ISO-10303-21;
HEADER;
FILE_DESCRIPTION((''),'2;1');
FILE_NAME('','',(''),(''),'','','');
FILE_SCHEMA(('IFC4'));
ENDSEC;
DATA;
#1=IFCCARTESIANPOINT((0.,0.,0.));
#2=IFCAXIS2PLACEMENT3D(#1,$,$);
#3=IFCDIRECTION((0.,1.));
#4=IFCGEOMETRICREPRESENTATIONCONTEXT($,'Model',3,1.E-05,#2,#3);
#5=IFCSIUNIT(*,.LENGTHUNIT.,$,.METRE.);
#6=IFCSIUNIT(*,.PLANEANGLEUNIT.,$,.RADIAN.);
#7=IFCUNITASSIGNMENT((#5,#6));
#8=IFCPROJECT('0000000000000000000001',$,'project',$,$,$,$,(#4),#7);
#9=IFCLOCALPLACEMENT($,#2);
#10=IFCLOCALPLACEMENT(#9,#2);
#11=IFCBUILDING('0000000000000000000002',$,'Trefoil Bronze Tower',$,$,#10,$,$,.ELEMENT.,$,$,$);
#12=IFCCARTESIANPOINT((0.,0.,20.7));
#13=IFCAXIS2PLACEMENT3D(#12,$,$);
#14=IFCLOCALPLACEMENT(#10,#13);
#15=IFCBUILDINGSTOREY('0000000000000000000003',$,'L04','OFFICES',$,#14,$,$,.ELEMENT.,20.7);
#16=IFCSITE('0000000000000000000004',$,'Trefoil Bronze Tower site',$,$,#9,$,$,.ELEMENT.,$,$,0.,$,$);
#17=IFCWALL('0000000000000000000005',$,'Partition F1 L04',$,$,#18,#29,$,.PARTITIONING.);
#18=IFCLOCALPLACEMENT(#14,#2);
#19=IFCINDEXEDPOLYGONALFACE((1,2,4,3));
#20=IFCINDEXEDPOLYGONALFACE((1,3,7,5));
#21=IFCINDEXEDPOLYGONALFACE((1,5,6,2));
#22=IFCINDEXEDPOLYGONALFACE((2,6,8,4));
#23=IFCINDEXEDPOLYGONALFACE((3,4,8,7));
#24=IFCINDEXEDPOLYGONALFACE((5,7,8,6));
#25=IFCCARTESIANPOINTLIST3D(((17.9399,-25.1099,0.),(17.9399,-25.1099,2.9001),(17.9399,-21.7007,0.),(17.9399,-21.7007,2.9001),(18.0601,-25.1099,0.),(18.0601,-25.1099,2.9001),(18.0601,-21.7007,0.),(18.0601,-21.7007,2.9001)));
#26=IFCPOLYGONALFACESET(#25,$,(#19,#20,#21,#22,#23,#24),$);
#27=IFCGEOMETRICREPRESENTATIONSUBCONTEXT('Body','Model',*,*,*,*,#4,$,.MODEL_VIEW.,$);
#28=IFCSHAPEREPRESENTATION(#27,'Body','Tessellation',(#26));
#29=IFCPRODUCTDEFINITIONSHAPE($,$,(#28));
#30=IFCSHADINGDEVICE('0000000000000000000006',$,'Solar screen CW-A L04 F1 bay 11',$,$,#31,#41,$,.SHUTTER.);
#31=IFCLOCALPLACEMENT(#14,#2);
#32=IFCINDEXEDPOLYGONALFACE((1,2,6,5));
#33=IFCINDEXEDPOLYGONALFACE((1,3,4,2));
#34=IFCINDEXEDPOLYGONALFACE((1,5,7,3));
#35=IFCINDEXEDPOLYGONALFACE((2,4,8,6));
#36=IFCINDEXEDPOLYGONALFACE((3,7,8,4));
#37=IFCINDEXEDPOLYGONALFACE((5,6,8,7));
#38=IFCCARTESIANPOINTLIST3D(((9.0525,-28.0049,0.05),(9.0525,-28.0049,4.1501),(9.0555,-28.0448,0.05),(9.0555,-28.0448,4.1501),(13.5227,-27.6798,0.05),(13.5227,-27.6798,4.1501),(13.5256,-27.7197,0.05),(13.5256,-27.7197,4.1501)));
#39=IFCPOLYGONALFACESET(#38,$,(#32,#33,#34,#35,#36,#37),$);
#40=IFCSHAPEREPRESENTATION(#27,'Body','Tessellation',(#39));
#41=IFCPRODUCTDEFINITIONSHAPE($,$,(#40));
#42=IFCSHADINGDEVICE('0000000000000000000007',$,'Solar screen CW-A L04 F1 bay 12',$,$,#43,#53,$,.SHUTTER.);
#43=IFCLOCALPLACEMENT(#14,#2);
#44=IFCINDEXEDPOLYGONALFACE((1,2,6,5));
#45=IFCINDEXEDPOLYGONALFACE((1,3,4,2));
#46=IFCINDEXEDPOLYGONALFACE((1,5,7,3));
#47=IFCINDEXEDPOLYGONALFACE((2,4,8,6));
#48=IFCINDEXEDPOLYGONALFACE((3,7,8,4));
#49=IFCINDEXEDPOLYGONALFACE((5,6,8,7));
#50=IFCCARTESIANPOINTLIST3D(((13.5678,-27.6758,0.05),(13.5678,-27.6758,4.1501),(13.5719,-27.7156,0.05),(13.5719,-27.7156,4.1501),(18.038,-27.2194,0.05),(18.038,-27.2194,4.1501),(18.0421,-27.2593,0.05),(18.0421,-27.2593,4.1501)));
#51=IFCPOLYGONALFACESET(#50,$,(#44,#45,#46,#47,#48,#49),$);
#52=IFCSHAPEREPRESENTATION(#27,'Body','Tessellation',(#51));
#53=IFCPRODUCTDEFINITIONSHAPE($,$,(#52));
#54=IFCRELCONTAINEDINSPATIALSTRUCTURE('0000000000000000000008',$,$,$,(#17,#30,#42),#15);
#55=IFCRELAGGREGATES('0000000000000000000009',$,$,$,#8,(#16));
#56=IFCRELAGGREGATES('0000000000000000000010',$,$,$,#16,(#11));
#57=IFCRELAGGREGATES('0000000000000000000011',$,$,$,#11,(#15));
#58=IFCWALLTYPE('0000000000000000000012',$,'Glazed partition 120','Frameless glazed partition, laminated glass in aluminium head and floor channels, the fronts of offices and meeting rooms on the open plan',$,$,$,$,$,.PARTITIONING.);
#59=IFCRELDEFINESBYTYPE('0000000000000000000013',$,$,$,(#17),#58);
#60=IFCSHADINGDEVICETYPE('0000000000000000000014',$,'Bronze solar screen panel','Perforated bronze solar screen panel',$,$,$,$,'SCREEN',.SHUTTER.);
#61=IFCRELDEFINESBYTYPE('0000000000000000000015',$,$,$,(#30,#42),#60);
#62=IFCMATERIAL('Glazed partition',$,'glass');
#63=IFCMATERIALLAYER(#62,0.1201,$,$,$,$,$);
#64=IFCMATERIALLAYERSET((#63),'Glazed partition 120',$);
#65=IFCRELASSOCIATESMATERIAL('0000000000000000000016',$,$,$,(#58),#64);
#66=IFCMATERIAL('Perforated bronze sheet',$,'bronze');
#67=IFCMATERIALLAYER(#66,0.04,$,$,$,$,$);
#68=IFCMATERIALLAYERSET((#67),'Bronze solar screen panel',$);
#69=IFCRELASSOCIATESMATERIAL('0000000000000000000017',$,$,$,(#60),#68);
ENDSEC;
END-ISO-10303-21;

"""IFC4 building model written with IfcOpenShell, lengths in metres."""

from ifc_helpers import new_model, si_unit, direction, frame, frame_2d, origin, origin_2d, place, context, subcontext, project, spatial, rectangle, extrude, material, layer, layer_set, type_object, element, save


model = new_model("IFC4")

# Units and contexts
model_context = context("Model", 3, precision=1e-05, world=origin(), true_north=direction((0.0, 1.0)))
body_context = subcontext(model_context, "Body", "Model", "MODEL_VIEW")
ifc_project = project(units=[si_unit("LENGTHUNIT", "METRE"), si_unit("PLANEANGLEUNIT", "RADIAN")], contexts=[model_context])

# Site, building, storey
site_placement = place(None, origin())
site = spatial("IfcSite", under=ifc_project, at=site_placement, Name="Trefoil Bronze Tower site", CompositionType="ELEMENT", RefElevation=0.0)
building_placement = place(site_placement, origin())
building = spatial("IfcBuilding", under=site, at=building_placement, Name="Trefoil Bronze Tower", CompositionType="ELEMENT")
storey_placement = place(building_placement, frame((0.0, 0.0, 20.7)))
storey = spatial("IfcBuildingStorey", under=building, at=storey_placement, Name="L04", Description="OFFICES", CompositionType="ELEMENT", Elevation=20.7)

# Shared definitions
ifc_material_1 = material(Name="Glazed partition", Category="glass")
ifc_layer_1 = layer(ifc_material_1, 0.1201)
ifc_layer_set_1 = layer_set([ifc_layer_1], Name="Glazed partition 120")
wall_type = type_object("IfcWallType", Name="Glazed partition 120", Description="Frameless glazed partition, laminated glass in aluminium head and floor channels, the fronts of offices and meeting rooms on the open plan", PredefinedType="PARTITIONING", material=ifc_layer_set_1)

# Wall
wall_1_placement = place(storey_placement, frame((18.0, -21.7007, 0.0), z_axis=(0.0, 0.0, 1.0), x_axis=(0.0, -1.0, 0.0)))
element("IfcWall", 1, at=wall_1_placement, inside=storey, type_object=wall_type, Name="Partition F1 L04", PredefinedType="PARTITIONING", context=body_context, shape_type="SweptSolid", body=[
    extrude(rectangle(XDim=3.4092, YDim=0.1201, at=frame_2d((1.7046, 0.0))), origin(), (0.0, 0.0, 1.0), 2.9001),
])

# Shading devices
ifc_material_2 = material(Name="Perforated bronze sheet", Category="bronze")
ifc_layer_2 = layer(ifc_material_2, 0.04)
ifc_layer_set_2 = layer_set([ifc_layer_2], Name="Bronze solar screen panel")
shading_device_type = type_object("IfcShadingDeviceType", Name="Bronze solar screen panel", Description="Perforated bronze solar screen panel", ElementType="SCREEN", PredefinedType="SHUTTER", material=ifc_layer_set_2)
shading_device_1_placement = place(storey_placement, frame((11.2891, -27.8623, 0.05), z_axis=(0.0, 0.0, 1.0), x_axis=(0.997365, 0.072547, 0.0)))
element("IfcShadingDevice", 2, at=shading_device_1_placement, inside=storey, type_object=shading_device_type, Name="Solar screen CW-A L04 F1 bay 11", PredefinedType="SHUTTER", context=body_context, shape_type="SweptSolid", body=[
    extrude(rectangle(XDim=4.4819, YDim=0.04, at=origin_2d()), origin(), (0.0, 0.0, 1.0), 4.1001),
])
shading_device_2_placement = place(storey_placement, frame((15.8049, -27.4675, 0.05), z_axis=(0.0, 0.0, 1.0), x_axis=(0.994829, 0.101565, 0.0)))
element("IfcShadingDevice", 3, at=shading_device_2_placement, inside=storey, type_object=shading_device_type, Name="Solar screen CW-A L04 F1 bay 12", PredefinedType="SHUTTER", context=body_context, shape_type="SweptSolid", body=[
    extrude(rectangle(XDim=4.4934, YDim=0.04, at=origin_2d()), origin(), (0.0, 0.0, 1.0), 4.1001),
])

save(model, "model.ifc")
